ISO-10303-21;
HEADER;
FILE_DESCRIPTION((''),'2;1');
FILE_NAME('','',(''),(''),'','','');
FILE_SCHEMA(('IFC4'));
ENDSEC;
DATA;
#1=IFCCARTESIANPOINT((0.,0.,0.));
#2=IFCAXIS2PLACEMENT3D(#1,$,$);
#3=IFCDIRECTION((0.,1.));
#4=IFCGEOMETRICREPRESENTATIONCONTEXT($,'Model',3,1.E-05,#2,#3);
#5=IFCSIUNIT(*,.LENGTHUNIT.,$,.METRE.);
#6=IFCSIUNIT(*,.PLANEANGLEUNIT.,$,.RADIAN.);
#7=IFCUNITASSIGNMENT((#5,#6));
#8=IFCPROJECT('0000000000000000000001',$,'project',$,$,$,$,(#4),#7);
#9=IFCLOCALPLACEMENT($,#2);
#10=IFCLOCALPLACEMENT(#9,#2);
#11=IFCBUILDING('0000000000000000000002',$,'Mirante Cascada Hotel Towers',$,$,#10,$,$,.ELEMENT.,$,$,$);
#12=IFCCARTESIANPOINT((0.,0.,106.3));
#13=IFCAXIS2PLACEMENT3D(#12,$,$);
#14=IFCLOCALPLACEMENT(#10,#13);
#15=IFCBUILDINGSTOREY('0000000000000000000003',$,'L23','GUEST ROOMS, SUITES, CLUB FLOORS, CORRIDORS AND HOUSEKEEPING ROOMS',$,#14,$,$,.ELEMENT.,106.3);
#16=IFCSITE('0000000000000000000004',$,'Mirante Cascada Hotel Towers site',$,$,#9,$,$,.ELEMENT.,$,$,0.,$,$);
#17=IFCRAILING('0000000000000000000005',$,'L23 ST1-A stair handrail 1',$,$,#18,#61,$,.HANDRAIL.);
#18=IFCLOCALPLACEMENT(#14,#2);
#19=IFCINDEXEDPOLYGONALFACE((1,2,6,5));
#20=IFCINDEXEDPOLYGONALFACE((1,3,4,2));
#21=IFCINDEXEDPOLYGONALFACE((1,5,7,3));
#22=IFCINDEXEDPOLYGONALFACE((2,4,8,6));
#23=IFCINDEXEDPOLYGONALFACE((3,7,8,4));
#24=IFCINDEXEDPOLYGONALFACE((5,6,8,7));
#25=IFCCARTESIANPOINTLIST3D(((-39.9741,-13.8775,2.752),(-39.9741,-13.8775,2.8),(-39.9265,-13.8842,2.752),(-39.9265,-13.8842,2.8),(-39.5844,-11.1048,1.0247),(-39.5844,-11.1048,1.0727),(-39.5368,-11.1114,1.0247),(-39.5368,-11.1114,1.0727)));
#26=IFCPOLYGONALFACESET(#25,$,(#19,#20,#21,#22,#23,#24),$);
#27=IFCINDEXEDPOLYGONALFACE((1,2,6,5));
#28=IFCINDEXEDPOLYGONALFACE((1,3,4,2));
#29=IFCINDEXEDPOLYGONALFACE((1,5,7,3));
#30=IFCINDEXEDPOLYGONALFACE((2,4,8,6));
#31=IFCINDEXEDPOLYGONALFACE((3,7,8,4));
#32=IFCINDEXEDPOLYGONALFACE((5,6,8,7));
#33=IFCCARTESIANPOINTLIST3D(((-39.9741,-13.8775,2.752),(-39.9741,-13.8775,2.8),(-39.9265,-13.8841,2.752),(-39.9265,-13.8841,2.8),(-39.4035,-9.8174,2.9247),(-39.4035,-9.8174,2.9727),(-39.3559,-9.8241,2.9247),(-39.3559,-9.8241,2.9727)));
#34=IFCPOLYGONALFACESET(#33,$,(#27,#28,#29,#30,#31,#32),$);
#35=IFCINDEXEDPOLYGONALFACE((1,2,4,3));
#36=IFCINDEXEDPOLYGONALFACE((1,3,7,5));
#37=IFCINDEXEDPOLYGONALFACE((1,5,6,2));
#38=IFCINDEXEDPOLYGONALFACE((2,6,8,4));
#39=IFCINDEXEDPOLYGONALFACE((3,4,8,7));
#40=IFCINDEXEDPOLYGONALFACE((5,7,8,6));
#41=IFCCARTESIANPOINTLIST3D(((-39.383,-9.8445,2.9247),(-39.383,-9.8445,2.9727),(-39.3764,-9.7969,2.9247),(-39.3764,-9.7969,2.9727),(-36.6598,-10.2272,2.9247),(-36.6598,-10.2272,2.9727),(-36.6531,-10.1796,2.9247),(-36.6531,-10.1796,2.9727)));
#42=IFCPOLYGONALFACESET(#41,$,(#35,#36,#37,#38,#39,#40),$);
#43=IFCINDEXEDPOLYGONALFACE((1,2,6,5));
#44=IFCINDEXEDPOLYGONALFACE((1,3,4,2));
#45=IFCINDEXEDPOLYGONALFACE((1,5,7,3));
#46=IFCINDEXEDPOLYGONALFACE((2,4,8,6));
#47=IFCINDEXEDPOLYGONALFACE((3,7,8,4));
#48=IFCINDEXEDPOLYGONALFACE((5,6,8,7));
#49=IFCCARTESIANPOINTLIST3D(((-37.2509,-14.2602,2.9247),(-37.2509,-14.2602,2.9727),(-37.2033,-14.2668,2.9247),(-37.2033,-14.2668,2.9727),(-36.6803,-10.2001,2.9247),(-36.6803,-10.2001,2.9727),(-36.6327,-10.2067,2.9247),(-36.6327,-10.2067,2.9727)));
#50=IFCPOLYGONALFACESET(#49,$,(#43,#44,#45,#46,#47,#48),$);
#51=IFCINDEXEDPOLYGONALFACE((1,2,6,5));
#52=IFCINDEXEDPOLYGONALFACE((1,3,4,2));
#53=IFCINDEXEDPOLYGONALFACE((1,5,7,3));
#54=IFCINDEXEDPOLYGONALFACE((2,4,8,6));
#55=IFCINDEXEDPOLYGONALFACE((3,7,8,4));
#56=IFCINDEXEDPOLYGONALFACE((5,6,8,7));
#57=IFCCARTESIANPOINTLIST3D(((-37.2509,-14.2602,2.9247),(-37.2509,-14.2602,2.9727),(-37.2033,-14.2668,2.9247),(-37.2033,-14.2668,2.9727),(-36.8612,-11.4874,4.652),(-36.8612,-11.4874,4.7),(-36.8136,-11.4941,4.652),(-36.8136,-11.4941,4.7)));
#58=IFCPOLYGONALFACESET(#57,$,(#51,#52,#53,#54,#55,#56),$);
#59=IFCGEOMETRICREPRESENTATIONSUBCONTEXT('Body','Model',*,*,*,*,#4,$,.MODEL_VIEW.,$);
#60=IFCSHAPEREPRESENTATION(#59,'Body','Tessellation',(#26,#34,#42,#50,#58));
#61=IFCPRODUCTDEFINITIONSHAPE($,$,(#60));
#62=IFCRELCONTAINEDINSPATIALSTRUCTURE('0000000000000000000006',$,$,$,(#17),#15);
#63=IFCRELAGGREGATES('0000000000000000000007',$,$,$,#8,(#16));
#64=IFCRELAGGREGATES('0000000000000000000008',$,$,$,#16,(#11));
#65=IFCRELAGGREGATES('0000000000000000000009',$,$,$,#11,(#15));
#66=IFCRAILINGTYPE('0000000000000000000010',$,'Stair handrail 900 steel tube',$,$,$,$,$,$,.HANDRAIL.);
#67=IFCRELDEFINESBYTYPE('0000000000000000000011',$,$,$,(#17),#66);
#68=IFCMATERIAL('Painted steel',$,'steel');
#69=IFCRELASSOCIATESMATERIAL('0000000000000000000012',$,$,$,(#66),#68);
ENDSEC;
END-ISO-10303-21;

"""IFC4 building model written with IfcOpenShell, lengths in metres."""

from ifc_helpers import new_model, si_unit, direction, frame, origin, origin_2d, place, context, subcontext, project, spatial, rectangle, extrude, material, type_object, element, save


model = new_model("IFC4")

# Units and contexts
model_context = context("Model", 3, precision=1e-05, world=origin(), true_north=direction((0.0, 1.0)))
body_context = subcontext(model_context, "Body", "Model", "MODEL_VIEW")
ifc_project = project(units=[si_unit("LENGTHUNIT", "METRE"), si_unit("PLANEANGLEUNIT", "RADIAN")], contexts=[model_context])

# Site, building, storey
site_placement = place(None, origin())
site = spatial("IfcSite", under=ifc_project, at=site_placement, Name="Mirante Cascada Hotel Towers site", CompositionType="ELEMENT", RefElevation=0.0)
building_placement = place(site_placement, origin())
building = spatial("IfcBuilding", under=site, at=building_placement, Name="Mirante Cascada Hotel Towers", CompositionType="ELEMENT")
storey_placement = place(building_placement, frame((0.0, 0.0, 106.3)))
storey = spatial("IfcBuildingStorey", under=building, at=storey_placement, Name="L23", Description="GUEST ROOMS, SUITES, CLUB FLOORS, CORRIDORS AND HOUSEKEEPING ROOMS", CompositionType="ELEMENT", Elevation=106.3)

# Railing
ifc_material_1 = material(Name="Painted steel", Category="steel")
railing_type_1 = type_object("IfcRailingType", Name="Stair handrail 900 steel tube", PredefinedType="HANDRAIL", material=ifc_material_1)
railing_1_placement = place(storey_placement, frame((-39.5606, -11.1081, 0.1727)))
element("IfcRailing", 1, at=railing_1_placement, inside=storey, type_object=railing_type_1, Name="L23 ST1-A stair handrail 1", PredefinedType="HANDRAIL", context=body_context, shape_type="SweptSolid", body=[
    extrude(rectangle(XDim=0.048, YDim=0.048, at=origin_2d()), frame((0.0, 0.0, 0.876), z_axis=(-0.139181, -0.990267, 0.0), x_axis=(0.990267, -0.139181, 0.0)), (0.0, 0.525035, 0.851081), 3.2899),
    extrude(rectangle(XDim=0.048, YDim=0.048, at=origin_2d()), frame((-0.3897, -2.7727, 2.6033), z_axis=(0.139171, 0.990268, 0.0), x_axis=(-0.990268, 0.139171, 0.0)), (0.0, 0.042085, 0.999114), 4.1036),
    extrude(rectangle(XDim=0.048, YDim=0.048, at=origin_2d()), frame((0.1809, 1.2874, 2.776), z_axis=(0.990269, -0.139166, 0.0), x_axis=(0.139166, 0.990269, 0.0)), (0.0, 0.0, 1.0), 2.75),
    extrude(rectangle(XDim=0.048, YDim=0.048, at=origin_2d()), frame((2.9041, 0.9047, 2.776), z_axis=(-0.139171, -0.990268, 0.0), x_axis=(0.990268, -0.139171, 0.0)), (0.0, 0.0, 1.0), 4.1),
    extrude(rectangle(XDim=0.048, YDim=0.048, at=origin_2d()), frame((2.3335, -3.1554, 2.776), z_axis=(0.139181, 0.990267, 0.0), x_axis=(-0.990267, 0.139181, 0.0)), (0.0, 0.525035, 0.851081), 3.2899),
])

save(model, "model.ifc")
